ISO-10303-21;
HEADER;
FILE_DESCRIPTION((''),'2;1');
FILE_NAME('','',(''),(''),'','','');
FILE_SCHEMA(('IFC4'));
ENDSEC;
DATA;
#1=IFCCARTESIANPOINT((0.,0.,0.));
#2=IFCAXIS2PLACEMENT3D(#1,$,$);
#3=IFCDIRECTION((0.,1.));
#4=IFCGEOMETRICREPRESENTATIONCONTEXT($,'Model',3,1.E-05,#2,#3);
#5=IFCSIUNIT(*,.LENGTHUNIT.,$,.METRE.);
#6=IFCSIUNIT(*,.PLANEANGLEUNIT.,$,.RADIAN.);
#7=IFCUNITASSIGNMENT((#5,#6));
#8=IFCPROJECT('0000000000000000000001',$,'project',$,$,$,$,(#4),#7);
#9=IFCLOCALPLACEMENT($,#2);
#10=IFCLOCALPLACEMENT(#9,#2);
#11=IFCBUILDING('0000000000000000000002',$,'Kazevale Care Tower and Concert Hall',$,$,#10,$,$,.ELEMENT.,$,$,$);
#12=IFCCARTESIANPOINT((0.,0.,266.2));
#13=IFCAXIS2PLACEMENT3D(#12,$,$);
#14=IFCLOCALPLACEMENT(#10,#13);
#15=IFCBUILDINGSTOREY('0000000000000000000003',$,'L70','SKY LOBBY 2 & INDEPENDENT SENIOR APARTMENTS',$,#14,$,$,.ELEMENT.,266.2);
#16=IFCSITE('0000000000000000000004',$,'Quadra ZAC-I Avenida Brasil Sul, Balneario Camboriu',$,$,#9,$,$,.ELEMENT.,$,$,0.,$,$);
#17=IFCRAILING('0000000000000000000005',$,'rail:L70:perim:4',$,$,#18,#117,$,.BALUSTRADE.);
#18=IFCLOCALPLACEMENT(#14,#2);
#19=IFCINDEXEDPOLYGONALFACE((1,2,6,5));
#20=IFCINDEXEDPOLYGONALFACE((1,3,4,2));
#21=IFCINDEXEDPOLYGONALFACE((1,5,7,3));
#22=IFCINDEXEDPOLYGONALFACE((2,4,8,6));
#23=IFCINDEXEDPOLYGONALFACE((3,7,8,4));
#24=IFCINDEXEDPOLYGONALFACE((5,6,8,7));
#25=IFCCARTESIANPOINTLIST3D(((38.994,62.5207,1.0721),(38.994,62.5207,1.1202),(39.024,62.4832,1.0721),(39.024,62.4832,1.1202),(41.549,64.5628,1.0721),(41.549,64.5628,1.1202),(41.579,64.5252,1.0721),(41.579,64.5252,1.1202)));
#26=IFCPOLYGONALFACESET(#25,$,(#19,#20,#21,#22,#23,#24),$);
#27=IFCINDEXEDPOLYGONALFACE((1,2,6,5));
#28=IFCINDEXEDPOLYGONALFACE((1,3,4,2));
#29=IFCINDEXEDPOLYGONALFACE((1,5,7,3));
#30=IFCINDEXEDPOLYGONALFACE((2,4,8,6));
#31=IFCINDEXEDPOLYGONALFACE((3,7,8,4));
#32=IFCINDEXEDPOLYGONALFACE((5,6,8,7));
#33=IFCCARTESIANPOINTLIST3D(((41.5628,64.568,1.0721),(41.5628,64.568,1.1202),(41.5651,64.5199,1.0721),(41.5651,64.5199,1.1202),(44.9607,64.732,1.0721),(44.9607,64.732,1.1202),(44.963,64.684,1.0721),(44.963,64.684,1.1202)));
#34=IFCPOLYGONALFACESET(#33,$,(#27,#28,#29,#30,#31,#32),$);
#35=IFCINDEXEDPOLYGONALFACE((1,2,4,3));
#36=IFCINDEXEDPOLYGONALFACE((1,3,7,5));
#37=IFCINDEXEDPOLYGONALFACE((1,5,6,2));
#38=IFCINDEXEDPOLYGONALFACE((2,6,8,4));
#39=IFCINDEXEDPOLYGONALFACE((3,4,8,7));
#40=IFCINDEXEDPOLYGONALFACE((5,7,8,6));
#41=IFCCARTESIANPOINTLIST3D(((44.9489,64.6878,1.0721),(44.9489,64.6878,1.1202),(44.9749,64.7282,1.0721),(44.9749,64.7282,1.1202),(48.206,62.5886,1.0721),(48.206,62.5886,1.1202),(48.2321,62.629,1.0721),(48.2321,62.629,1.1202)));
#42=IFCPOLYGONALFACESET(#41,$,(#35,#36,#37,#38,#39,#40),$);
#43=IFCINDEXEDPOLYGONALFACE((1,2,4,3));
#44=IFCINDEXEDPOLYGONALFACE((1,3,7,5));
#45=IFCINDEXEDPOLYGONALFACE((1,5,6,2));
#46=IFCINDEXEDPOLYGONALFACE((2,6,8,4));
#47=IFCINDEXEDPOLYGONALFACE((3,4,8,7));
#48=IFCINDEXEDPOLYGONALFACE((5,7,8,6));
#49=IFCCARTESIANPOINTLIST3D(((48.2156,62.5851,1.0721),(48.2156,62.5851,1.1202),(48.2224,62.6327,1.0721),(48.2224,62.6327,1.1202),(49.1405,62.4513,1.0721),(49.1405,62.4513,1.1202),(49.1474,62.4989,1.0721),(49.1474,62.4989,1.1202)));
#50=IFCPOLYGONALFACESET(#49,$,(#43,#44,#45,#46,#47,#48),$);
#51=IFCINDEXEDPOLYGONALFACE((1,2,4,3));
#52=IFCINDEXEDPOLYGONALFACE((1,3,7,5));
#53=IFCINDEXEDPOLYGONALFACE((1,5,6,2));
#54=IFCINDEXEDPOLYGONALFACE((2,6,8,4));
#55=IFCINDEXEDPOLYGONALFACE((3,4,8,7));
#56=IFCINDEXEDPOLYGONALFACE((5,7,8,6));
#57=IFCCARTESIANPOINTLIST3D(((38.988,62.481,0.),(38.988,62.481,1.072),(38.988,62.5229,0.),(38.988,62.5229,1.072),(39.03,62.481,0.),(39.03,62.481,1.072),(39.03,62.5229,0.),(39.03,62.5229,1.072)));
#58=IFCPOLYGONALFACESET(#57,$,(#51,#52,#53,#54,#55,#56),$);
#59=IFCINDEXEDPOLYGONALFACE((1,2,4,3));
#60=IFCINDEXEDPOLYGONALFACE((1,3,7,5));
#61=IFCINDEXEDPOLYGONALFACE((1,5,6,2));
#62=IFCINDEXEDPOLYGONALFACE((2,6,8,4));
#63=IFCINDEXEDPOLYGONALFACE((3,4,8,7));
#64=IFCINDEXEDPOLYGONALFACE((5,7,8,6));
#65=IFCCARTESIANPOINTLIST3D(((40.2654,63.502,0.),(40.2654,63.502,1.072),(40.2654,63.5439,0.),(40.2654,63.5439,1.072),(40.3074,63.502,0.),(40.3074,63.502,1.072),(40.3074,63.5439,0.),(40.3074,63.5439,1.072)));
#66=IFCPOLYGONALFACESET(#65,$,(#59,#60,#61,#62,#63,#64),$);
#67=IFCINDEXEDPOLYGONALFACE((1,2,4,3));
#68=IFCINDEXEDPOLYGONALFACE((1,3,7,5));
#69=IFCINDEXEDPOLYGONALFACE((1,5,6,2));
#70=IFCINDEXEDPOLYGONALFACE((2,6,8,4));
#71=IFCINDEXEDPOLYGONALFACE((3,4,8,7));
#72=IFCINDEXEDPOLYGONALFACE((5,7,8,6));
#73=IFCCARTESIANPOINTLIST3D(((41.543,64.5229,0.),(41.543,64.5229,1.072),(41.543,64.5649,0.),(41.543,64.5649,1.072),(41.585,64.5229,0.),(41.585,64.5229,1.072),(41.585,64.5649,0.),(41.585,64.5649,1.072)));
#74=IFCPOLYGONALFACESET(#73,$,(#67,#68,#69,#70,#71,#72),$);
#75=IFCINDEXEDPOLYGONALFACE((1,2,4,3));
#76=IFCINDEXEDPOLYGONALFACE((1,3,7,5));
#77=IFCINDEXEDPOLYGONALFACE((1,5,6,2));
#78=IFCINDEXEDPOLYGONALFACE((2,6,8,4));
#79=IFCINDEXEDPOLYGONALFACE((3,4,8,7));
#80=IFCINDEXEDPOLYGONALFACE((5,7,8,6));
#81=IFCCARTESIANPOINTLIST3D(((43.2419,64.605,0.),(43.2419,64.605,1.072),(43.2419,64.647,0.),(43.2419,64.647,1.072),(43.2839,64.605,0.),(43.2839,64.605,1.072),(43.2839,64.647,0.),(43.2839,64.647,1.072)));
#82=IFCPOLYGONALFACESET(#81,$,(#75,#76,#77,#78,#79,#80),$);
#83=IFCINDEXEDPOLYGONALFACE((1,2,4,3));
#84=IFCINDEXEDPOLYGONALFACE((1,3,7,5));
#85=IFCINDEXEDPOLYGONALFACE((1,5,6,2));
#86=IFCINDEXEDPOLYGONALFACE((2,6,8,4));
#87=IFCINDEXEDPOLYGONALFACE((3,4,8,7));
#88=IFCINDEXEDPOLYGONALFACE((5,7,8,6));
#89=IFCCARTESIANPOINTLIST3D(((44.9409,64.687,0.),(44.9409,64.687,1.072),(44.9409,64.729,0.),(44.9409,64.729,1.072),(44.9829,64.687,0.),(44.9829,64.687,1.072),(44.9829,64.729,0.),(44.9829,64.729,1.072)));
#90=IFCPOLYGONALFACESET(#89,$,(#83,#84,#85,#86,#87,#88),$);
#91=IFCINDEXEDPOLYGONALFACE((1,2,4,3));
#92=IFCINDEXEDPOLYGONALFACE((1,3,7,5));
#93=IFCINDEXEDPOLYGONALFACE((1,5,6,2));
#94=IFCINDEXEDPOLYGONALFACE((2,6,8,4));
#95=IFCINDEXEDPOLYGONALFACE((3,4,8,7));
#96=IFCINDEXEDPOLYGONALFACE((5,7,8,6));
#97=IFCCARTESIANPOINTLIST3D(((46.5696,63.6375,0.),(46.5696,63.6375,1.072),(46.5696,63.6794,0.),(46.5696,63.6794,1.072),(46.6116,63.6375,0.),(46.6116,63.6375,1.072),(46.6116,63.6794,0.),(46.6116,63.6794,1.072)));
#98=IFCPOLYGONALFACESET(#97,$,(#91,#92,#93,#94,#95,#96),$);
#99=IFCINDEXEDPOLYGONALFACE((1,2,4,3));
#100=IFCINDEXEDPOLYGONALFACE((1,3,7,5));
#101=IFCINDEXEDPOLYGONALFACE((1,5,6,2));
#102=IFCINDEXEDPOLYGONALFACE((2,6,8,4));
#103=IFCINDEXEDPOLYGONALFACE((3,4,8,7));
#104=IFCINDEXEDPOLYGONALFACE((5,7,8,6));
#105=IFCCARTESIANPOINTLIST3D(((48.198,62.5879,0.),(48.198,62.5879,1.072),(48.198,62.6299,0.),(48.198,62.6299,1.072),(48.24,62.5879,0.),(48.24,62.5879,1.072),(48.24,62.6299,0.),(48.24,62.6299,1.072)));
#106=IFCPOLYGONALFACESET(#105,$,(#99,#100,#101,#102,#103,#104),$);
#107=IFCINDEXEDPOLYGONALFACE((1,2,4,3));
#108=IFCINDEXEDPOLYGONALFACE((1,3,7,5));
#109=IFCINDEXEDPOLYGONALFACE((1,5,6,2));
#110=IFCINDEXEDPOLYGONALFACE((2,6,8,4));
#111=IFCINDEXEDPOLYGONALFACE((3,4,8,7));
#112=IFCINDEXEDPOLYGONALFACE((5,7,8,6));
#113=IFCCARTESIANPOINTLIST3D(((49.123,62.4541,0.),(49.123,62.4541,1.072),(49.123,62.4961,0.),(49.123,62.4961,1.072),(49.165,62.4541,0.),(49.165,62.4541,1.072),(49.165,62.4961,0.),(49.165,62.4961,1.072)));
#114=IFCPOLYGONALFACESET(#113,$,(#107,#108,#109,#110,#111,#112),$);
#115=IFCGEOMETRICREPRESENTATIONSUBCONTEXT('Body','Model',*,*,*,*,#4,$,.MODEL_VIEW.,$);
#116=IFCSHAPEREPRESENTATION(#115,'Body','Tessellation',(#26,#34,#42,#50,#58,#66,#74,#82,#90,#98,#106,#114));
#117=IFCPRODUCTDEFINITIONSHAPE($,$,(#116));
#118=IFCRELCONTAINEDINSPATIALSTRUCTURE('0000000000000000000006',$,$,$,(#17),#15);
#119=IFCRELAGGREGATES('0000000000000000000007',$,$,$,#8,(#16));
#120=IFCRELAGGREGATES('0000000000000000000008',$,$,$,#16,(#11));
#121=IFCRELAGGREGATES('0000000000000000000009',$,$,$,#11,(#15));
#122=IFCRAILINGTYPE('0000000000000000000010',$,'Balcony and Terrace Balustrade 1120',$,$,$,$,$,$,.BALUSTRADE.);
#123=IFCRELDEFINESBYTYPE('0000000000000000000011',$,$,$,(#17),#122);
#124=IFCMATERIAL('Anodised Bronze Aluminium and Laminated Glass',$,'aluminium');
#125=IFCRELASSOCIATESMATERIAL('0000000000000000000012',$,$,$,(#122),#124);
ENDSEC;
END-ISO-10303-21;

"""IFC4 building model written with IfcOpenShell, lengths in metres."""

from ifc_helpers import new_model, si_unit, direction, frame, origin, origin_2d, place, context, subcontext, project, spatial, rectangle, extrude, material, type_object, element, save


model = new_model("IFC4")

# Units and contexts
model_context = context("Model", 3, precision=1e-05, world=origin(), true_north=direction((0.0, 1.0)))
body_context = subcontext(model_context, "Body", "Model", "MODEL_VIEW")
ifc_project = project(units=[si_unit("LENGTHUNIT", "METRE"), si_unit("PLANEANGLEUNIT", "RADIAN")], contexts=[model_context])

# Site, building, storey
site_placement = place(None, origin())
site = spatial("IfcSite", under=ifc_project, at=site_placement, Name="Quadra ZAC-I Avenida Brasil Sul, Balneario Camboriu", CompositionType="ELEMENT", RefElevation=0.0)
building_placement = place(site_placement, origin())
building = spatial("IfcBuilding", under=site, at=building_placement, Name="Kazevale Care Tower and Concert Hall", CompositionType="ELEMENT")
storey_placement = place(building_placement, frame((0.0, 0.0, 266.2)))
storey = spatial("IfcBuildingStorey", under=building, at=storey_placement, Name="L70", Description="SKY LOBBY 2 & INDEPENDENT SENIOR APARTMENTS", CompositionType="ELEMENT", Elevation=266.2)

# Railing
ifc_material_1 = material(Name="Anodised Bronze Aluminium and Laminated Glass", Category="aluminium")
railing_type = type_object("IfcRailingType", Name="Balcony and Terrace Balustrade 1120", PredefinedType="BALUSTRADE", material=ifc_material_1)
railing_placement = place(storey_placement, frame((39.009, 62.502, 0.0)))
element("IfcRailing", 1, at=railing_placement, inside=storey, type_object=railing_type, Name="rail:L70:perim:4", PredefinedType="BALUSTRADE", context=body_context, shape_type="SweptSolid", body=[
    extrude(rectangle(XDim=0.0481, YDim=0.0481, at=origin_2d()), frame((0.0, 0.0, 1.0962), z_axis=(0.78116, 0.624331, 0.0), x_axis=(-0.624331, 0.78116, 0.0)), (0.0, 0.0, 1.0), 3.2708),
    extrude(rectangle(XDim=0.0481, YDim=0.0481, at=origin_2d()), frame((2.5549, 2.042, 1.0962), z_axis=(0.998836, 0.048227, 0.0), x_axis=(-0.048227, 0.998836, 0.0)), (0.0, 0.0, 1.0), 3.4019),
    extrude(rectangle(XDim=0.0481, YDim=0.0481, at=origin_2d()), frame((5.9529, 2.2061, 1.0962), z_axis=(0.840558, -0.541722, 0.0), x_axis=(0.541722, 0.840558, 0.0)), (0.0, 0.0, 1.0), 3.875),
    extrude(rectangle(XDim=0.0481, YDim=0.0481, at=origin_2d()), frame((9.21, 0.1069, 1.0962), z_axis=(0.989702, -0.14314, 0.0), x_axis=(0.14314, 0.989702, 0.0)), (0.0, 0.0, 1.0), 0.9346),
    extrude(rectangle(XDim=0.042, YDim=0.042, at=origin_2d()), origin(), (0.0, 0.0, 1.0), 1.072),
    extrude(rectangle(XDim=0.042, YDim=0.042, at=origin_2d()), frame((1.2773, 1.021, 0.0)), (0.0, 0.0, 1.0), 1.072),
    extrude(rectangle(XDim=0.042, YDim=0.042, at=origin_2d()), frame((2.5549, 2.042, 0.0)), (0.0, 0.0, 1.0), 1.072),
    extrude(rectangle(XDim=0.042, YDim=0.042, at=origin_2d()), frame((4.2539, 2.124, 0.0)), (0.0, 0.0, 1.0), 1.072),
    extrude(rectangle(XDim=0.042, YDim=0.042, at=origin_2d()), frame((5.9529, 2.2061, 0.0)), (0.0, 0.0, 1.0), 1.072),
    extrude(rectangle(XDim=0.042, YDim=0.042, at=origin_2d()), frame((7.5815, 1.1565, 0.0)), (0.0, 0.0, 1.0), 1.072),
    extrude(rectangle(XDim=0.042, YDim=0.042, at=origin_2d()), frame((9.21, 0.1069, 0.0)), (0.0, 0.0, 1.0), 1.072),
    extrude(rectangle(XDim=0.042, YDim=0.042, at=origin_2d()), frame((10.135, -0.0269, 0.0)), (0.0, 0.0, 1.0), 1.072),
])

save(model, "model.ifc")
